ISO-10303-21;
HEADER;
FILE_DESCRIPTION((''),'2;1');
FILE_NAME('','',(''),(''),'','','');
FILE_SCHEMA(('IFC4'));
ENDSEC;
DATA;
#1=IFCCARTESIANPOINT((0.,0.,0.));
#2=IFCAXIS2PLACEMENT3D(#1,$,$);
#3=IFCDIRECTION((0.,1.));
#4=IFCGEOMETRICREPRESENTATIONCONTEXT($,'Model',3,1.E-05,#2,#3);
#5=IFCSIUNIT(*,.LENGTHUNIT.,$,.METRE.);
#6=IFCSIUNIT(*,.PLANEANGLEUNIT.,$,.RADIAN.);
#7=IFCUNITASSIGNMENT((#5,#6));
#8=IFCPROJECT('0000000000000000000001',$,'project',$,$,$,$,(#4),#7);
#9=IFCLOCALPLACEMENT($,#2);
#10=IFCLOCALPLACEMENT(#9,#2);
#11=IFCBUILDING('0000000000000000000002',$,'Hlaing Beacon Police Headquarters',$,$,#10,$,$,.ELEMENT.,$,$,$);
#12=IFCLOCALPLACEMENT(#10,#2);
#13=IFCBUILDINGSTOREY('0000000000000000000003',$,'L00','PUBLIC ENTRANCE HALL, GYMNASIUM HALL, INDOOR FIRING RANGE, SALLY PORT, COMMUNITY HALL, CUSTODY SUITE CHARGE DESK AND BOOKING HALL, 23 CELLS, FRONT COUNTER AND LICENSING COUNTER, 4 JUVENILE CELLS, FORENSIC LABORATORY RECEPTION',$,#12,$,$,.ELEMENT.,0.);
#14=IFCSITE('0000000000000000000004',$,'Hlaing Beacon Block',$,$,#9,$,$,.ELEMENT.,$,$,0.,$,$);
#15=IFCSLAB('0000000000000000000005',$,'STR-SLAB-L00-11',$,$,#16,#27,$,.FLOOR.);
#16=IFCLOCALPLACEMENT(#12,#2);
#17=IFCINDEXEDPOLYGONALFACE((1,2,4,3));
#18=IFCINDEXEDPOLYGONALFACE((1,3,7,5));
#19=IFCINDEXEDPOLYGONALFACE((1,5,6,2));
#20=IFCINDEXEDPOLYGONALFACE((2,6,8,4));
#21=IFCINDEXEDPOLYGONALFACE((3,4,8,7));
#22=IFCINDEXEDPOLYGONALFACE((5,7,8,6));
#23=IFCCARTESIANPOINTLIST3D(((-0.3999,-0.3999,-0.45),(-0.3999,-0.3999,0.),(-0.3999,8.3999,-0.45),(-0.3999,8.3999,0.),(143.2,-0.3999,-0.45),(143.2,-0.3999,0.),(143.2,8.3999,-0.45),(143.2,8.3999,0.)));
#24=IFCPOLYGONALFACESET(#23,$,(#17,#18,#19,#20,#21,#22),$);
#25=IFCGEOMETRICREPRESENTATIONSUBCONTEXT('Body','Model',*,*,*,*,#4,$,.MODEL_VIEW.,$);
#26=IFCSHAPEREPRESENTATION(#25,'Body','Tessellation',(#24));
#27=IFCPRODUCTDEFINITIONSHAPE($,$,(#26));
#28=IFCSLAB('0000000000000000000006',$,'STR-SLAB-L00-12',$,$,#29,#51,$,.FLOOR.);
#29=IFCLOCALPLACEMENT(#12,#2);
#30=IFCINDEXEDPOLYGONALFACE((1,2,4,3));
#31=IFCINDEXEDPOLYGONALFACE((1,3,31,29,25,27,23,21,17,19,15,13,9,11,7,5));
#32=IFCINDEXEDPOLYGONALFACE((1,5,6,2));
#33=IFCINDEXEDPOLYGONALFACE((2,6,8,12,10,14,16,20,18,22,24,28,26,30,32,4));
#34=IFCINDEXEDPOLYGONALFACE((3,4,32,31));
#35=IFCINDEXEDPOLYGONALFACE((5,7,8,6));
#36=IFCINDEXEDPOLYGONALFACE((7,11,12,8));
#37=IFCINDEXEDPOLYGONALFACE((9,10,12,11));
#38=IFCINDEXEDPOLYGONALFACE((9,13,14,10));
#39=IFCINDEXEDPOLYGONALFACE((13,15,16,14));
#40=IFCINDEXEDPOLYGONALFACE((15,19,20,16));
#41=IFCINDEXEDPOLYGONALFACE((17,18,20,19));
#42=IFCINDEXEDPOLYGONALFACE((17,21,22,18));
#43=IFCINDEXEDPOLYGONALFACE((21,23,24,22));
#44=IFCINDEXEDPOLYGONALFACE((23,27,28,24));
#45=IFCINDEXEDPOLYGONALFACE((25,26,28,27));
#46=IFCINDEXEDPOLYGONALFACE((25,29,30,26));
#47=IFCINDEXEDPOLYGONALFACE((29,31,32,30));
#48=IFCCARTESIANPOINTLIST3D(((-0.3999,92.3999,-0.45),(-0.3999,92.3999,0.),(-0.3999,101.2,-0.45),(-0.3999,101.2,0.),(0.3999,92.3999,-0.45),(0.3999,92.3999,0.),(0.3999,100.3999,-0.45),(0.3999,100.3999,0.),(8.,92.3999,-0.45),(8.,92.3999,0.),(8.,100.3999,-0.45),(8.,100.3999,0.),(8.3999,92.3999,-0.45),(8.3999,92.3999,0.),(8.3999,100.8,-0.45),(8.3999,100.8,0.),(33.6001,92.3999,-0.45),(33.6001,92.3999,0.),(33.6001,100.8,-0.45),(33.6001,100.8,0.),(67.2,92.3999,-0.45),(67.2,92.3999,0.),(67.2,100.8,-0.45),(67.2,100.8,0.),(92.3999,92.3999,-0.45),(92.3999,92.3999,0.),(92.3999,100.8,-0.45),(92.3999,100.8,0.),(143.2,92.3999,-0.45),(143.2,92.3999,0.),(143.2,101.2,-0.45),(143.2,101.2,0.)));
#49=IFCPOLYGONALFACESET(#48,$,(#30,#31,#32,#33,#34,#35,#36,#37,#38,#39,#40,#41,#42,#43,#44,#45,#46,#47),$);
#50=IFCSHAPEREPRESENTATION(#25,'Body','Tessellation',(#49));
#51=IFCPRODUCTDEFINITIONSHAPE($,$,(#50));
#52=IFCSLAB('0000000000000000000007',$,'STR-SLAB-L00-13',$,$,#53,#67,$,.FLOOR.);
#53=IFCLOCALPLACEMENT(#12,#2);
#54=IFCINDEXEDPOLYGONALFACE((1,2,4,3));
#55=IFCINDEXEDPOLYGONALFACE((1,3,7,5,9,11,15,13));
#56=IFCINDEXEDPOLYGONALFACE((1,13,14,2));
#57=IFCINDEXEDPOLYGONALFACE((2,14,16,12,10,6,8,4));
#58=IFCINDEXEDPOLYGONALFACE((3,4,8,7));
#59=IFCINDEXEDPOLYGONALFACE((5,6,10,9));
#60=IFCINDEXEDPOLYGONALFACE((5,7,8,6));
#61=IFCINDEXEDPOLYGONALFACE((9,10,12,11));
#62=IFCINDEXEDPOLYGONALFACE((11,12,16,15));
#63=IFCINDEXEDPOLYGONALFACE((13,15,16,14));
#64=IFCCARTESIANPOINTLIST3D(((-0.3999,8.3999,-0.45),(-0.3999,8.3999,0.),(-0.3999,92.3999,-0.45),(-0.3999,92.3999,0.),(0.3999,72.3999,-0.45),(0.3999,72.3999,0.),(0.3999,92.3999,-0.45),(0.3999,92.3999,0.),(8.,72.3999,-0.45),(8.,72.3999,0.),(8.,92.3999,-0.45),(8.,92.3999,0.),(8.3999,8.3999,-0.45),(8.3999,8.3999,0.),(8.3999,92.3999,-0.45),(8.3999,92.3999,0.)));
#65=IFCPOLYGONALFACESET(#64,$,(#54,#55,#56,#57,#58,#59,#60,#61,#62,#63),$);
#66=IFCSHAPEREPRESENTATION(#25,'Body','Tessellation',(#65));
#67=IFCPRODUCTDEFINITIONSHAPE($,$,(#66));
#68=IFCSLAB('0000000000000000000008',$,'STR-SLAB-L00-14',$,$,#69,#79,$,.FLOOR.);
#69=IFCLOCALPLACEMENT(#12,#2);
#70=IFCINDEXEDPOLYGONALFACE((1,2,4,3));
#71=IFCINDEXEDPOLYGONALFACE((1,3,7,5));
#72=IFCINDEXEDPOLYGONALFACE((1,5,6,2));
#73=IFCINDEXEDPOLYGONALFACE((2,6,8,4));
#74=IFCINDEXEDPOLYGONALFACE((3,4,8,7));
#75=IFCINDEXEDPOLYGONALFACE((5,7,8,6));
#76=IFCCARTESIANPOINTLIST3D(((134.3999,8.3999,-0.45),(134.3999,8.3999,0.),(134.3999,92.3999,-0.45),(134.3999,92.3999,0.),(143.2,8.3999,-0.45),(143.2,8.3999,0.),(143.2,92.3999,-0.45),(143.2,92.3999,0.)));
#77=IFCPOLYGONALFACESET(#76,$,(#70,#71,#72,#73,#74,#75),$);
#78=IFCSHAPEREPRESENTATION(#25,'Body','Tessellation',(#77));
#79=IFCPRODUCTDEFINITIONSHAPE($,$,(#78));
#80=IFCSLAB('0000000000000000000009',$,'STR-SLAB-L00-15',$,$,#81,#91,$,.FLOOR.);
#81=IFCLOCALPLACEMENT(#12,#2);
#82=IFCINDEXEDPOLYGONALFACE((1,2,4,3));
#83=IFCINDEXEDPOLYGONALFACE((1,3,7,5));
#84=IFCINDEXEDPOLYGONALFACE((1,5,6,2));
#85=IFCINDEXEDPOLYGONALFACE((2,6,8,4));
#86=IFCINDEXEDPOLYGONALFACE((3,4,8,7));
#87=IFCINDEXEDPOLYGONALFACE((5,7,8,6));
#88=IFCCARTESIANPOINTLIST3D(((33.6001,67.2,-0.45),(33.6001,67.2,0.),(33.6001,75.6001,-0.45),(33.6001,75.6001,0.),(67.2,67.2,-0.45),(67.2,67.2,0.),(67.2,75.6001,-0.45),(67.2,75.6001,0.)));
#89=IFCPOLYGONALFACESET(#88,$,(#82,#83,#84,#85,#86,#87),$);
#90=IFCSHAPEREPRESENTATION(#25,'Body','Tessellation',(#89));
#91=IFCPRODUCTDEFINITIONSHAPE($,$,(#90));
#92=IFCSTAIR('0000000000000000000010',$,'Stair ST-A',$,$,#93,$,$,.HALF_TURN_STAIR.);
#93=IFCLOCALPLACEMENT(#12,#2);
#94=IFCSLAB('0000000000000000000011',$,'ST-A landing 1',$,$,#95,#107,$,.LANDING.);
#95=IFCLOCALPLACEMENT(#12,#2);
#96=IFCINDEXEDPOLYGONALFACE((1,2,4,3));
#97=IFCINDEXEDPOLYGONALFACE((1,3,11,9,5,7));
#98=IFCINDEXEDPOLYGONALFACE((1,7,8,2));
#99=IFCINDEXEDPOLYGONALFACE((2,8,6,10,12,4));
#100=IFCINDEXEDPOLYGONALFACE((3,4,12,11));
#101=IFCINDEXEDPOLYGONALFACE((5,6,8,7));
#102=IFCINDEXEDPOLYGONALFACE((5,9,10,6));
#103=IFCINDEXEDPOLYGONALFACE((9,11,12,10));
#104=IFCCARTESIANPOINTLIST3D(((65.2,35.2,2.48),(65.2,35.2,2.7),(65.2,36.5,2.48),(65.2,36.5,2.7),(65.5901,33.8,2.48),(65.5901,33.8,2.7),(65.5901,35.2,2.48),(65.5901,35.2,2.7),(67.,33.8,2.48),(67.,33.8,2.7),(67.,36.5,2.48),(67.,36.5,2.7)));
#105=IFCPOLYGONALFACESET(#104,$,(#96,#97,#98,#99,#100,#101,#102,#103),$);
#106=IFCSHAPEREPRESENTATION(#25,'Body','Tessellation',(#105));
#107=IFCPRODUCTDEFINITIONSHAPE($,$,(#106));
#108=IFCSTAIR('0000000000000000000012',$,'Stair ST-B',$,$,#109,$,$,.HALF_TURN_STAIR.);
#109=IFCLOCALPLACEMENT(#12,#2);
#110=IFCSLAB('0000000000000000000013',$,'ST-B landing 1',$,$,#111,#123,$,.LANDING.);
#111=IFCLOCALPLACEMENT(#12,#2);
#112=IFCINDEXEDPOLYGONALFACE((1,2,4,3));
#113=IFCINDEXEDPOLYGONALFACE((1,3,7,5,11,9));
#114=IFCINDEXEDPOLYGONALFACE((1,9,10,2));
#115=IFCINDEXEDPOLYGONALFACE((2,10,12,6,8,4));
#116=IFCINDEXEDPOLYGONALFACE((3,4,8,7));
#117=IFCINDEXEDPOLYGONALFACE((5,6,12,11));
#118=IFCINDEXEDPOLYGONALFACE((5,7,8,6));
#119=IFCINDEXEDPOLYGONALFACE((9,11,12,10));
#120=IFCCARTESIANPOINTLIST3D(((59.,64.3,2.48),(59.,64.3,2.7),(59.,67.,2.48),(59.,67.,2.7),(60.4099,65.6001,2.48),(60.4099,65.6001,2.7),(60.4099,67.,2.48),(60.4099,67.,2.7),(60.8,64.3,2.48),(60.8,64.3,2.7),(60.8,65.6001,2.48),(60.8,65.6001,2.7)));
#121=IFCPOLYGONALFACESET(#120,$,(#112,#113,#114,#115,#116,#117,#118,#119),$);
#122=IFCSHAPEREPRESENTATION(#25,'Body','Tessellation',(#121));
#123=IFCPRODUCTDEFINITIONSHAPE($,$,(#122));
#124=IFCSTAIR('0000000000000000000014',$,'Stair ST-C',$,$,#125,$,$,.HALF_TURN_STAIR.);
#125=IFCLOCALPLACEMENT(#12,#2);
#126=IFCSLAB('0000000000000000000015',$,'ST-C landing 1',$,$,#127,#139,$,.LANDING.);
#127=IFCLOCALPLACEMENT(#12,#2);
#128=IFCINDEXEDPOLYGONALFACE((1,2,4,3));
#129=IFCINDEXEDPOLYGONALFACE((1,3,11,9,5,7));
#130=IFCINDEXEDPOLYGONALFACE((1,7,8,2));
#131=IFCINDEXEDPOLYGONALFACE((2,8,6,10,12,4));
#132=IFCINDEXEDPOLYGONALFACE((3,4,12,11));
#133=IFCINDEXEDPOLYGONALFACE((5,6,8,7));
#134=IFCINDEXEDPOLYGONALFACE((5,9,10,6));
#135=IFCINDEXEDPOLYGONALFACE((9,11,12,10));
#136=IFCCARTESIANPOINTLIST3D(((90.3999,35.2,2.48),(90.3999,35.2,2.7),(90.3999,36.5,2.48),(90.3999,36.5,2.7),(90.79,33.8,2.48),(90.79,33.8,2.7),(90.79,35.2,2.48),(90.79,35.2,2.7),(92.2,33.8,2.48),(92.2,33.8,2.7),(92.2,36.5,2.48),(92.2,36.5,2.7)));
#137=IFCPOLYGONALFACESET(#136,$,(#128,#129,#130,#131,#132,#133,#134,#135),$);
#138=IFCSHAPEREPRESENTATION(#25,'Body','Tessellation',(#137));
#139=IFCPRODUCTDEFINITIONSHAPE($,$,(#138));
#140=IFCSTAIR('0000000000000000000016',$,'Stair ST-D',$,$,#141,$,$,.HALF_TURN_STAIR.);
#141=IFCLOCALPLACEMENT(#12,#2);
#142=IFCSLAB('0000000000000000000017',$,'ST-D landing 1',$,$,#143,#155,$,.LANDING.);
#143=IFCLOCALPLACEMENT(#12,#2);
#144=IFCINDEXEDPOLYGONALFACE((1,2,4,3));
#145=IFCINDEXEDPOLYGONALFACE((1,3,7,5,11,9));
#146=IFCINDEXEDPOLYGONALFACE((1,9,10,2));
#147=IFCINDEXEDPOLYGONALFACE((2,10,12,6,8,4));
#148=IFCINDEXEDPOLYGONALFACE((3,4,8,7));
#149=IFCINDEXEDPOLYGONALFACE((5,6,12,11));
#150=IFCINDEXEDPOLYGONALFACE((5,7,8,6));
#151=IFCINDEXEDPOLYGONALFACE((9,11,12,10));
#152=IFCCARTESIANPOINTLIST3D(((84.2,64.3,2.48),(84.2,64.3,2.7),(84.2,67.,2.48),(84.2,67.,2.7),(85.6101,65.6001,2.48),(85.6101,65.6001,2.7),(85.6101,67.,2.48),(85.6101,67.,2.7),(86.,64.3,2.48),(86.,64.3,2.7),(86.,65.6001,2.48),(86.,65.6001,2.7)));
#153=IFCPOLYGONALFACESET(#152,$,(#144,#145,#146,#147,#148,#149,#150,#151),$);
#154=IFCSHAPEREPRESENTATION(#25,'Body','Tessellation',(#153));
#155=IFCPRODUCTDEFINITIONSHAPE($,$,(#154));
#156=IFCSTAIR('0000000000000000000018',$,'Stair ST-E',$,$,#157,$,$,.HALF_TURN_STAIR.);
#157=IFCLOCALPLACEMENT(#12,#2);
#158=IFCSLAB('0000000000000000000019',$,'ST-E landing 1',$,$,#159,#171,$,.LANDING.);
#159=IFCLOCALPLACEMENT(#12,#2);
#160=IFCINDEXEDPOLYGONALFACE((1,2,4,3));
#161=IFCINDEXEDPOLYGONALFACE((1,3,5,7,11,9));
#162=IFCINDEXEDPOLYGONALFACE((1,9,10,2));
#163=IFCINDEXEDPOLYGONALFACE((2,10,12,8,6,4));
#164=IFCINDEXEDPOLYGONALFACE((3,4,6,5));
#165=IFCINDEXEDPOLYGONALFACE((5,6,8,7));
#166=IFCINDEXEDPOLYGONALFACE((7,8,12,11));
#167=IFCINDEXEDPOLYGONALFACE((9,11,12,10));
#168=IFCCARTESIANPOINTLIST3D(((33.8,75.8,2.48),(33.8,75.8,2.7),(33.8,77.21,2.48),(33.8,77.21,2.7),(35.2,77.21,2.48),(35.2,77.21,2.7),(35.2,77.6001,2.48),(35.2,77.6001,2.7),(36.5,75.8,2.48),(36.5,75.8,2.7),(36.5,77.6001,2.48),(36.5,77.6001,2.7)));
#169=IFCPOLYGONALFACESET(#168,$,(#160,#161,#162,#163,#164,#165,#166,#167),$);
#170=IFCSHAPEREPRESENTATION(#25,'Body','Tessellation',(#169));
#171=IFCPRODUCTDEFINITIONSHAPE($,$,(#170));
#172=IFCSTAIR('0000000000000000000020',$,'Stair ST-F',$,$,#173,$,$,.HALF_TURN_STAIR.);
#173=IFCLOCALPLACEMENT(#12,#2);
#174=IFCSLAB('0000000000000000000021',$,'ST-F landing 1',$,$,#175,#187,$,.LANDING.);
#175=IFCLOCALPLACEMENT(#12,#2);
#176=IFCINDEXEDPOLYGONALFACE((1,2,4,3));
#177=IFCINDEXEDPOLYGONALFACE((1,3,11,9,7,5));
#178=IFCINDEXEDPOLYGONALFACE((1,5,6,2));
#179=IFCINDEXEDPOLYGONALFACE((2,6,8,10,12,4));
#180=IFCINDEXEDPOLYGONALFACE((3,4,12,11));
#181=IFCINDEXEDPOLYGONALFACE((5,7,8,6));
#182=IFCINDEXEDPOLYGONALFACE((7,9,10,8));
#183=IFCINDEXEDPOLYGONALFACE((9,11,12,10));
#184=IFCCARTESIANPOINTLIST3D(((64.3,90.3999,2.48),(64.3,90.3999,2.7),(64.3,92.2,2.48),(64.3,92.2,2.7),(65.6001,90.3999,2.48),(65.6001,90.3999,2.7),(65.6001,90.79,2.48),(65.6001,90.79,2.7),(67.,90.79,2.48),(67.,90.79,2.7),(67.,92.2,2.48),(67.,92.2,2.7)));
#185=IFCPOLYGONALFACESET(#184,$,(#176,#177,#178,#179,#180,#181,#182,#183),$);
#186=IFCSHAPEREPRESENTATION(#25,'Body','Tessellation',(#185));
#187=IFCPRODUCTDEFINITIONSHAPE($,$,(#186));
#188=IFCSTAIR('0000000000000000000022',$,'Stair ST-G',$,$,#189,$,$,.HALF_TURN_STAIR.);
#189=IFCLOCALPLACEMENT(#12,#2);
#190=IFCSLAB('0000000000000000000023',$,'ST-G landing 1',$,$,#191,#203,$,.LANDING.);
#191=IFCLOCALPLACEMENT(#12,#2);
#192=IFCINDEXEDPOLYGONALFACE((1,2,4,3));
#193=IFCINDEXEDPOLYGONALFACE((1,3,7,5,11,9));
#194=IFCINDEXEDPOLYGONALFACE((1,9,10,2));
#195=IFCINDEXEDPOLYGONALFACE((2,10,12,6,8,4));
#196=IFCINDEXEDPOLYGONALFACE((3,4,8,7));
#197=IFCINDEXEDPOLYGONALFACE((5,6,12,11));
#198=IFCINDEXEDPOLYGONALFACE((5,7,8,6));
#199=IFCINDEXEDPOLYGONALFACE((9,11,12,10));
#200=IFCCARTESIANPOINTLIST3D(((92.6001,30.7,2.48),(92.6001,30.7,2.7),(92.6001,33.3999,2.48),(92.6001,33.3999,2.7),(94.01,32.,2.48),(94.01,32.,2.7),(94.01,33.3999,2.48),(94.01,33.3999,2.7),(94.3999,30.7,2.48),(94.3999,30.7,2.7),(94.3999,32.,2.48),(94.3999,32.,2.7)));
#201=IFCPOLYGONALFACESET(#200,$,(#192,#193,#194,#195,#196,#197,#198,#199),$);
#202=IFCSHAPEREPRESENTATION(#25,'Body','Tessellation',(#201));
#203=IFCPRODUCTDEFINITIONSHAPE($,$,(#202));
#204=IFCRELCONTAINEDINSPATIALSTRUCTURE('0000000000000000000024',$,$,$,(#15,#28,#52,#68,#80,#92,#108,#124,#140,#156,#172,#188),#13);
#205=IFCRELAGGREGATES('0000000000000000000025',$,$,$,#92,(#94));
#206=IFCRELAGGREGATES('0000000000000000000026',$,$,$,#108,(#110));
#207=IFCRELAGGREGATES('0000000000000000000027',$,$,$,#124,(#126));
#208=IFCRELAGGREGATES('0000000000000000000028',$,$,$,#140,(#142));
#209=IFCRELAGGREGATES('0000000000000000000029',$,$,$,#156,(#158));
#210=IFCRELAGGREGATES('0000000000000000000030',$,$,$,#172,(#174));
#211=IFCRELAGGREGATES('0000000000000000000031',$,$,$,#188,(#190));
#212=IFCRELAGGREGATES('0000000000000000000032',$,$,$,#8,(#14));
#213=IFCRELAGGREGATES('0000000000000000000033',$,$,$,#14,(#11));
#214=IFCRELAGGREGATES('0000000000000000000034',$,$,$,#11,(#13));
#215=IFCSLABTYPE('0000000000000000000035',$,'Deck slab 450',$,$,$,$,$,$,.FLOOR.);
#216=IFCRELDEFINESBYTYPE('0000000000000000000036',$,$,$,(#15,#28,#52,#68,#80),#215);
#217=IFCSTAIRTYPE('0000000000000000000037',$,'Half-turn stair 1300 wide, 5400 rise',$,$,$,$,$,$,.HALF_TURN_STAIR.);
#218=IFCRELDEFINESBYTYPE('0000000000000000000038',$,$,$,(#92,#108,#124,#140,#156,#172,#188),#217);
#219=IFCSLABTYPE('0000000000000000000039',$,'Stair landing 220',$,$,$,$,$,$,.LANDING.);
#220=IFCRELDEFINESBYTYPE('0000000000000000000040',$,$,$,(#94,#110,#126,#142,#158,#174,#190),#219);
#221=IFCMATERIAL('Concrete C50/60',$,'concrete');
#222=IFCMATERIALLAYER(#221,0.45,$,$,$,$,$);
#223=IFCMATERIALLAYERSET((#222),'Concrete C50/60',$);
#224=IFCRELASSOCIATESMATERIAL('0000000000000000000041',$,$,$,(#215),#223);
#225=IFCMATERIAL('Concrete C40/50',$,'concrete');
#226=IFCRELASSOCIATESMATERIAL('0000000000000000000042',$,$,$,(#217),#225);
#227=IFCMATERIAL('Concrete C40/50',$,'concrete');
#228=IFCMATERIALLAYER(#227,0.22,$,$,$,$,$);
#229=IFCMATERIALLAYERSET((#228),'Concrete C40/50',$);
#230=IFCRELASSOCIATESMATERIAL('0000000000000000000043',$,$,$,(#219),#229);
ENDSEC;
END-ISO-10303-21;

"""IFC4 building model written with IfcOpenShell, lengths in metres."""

from ifc_helpers import new_model, si_unit, direction, frame, origin, place, context, subcontext, project, spatial, polyline, outline, extrude, material, layer, layer_set, type_object, element, aggregate, save


model = new_model("IFC4")

# Units and contexts
model_context = context("Model", 3, precision=1e-05, world=origin(), true_north=direction((0.0, 1.0)))
body_context = subcontext(model_context, "Body", "Model", "MODEL_VIEW")
ifc_project = project(units=[si_unit("LENGTHUNIT", "METRE"), si_unit("PLANEANGLEUNIT", "RADIAN")], contexts=[model_context])

# Site, building, storey
site_placement = place(None, origin())
site = spatial("IfcSite", under=ifc_project, at=site_placement, Name="Hlaing Beacon Block", CompositionType="ELEMENT", RefElevation=0.0)
building_placement = place(site_placement, origin())
building = spatial("IfcBuilding", under=site, at=building_placement, Name="Hlaing Beacon Police Headquarters", CompositionType="ELEMENT")
storey_placement = place(building_placement, origin())
storey = spatial("IfcBuildingStorey", under=building, at=storey_placement, Name="L00", Description="PUBLIC ENTRANCE HALL, GYMNASIUM HALL, INDOOR FIRING RANGE, SALLY PORT, COMMUNITY HALL, CUSTODY SUITE CHARGE DESK AND BOOKING HALL, 23 CELLS, FRONT COUNTER AND LICENSING COUNTER, 4 JUVENILE CELLS, FORENSIC LABORATORY RECEPTION", CompositionType="ELEMENT", Elevation=0.0)

# Slabs
ifc_material_1 = material(Name="Concrete C50/60", Category="concrete")
ifc_layer_1 = layer(ifc_material_1, 0.45)
ifc_layer_set_1 = layer_set([ifc_layer_1], Name="Concrete C50/60")
slab_type_1 = type_object("IfcSlabType", Name="Deck slab 450", PredefinedType="FLOOR", material=ifc_layer_set_1)
slab_1_placement = place(storey_placement, frame((0.0, 0.0, -0.45)))
element("IfcSlab", 1, at=slab_1_placement, inside=storey, type_object=slab_type_1, Name="STR-SLAB-L00-11", PredefinedType="FLOOR", context=body_context, shape_type="SweptSolid", body=[
    extrude(outline(polyline([(-0.3999, -0.3999), (143.2, -0.3999), (143.2, 8.3999), (-0.3999, 8.3999), (-0.3999, -0.3999)])), origin(), (0.0, 0.0, 1.0), 0.45),
])
slab_2_placement = place(storey_placement, frame((0.0, 0.0, -0.45)))
element("IfcSlab", 2, at=slab_2_placement, inside=storey, type_object=slab_type_1, Name="STR-SLAB-L00-12", PredefinedType="FLOOR", context=body_context, shape_type="SweptSolid", body=[
    extrude(outline(polyline([(-0.3999, 92.3999), (0.3999, 92.3999), (0.3999, 100.3999), (8.0, 100.3999), (8.0, 92.3999), (8.3999, 92.3999), (8.3999, 100.8), (33.6001, 100.8), (33.6001, 92.3999), (67.2, 92.3999), (67.2, 100.8), (92.3999, 100.8), (92.3999, 92.3999), (143.2, 92.3999), (143.2, 101.2), (-0.3999, 101.2), (-0.3999, 92.3999)])), origin(), (0.0, 0.0, 1.0), 0.45),
])
slab_3_placement = place(storey_placement, frame((0.0, 0.0, -0.45)))
element("IfcSlab", 3, at=slab_3_placement, inside=storey, type_object=slab_type_1, Name="STR-SLAB-L00-13", PredefinedType="FLOOR", context=body_context, shape_type="SweptSolid", body=[
    extrude(outline(polyline([(-0.3999, 8.3999), (8.3999, 8.3999), (8.3999, 92.3999), (8.0, 92.3999), (8.0, 72.3999), (0.3999, 72.3999), (0.3999, 92.3999), (-0.3999, 92.3999), (-0.3999, 8.3999)])), origin(), (0.0, 0.0, 1.0), 0.45),
])
slab_4_placement = place(storey_placement, frame((0.0, 0.0, -0.45)))
element("IfcSlab", 4, at=slab_4_placement, inside=storey, type_object=slab_type_1, Name="STR-SLAB-L00-14", PredefinedType="FLOOR", context=body_context, shape_type="SweptSolid", body=[
    extrude(outline(polyline([(134.3999, 8.3999), (143.2, 8.3999), (143.2, 92.3999), (134.3999, 92.3999), (134.3999, 8.3999)])), origin(), (0.0, 0.0, 1.0), 0.45),
])
slab_5_placement = place(storey_placement, frame((0.0, 0.0, -0.45)))
element("IfcSlab", 5, at=slab_5_placement, inside=storey, type_object=slab_type_1, Name="STR-SLAB-L00-15", PredefinedType="FLOOR", context=body_context, shape_type="SweptSolid", body=[
    extrude(outline(polyline([(33.6001, 67.2), (67.2, 67.2), (67.2, 75.6001), (33.6001, 75.6001), (33.6001, 67.2)])), origin(), (0.0, 0.0, 1.0), 0.45),
])

# Stairs, slabs
ifc_material_2 = material(Name="Concrete C40/50", Category="concrete")
stair_type_1 = type_object("IfcStairType", Name="Half-turn stair 1300 wide, 5400 rise", PredefinedType="HALF_TURN_STAIR", material=ifc_material_2)
stair_1_placement = place(storey_placement, origin())
stair_1 = element("IfcStair", 6, at=stair_1_placement, inside=storey, type_object=stair_type_1, Name="Stair ST-A", PredefinedType="HALF_TURN_STAIR")
ifc_material_3 = material(Name="Concrete C40/50", Category="concrete")
ifc_layer_2 = layer(ifc_material_3, 0.22)
ifc_layer_set_2 = layer_set([ifc_layer_2], Name="Concrete C40/50")
slab_type_2 = type_object("IfcSlabType", Name="Stair landing 220", PredefinedType="LANDING", material=ifc_layer_set_2)
slab_6_placement = place(storey_placement, frame((0.0, 0.0, 2.48)))
slab_6 = element("IfcSlab", 7, at=slab_6_placement, type_object=slab_type_2, Name="ST-A landing 1", PredefinedType="LANDING", context=body_context, shape_type="SweptSolid", body=[
    extrude(outline(polyline([(65.5901, 33.8), (67.0, 33.8), (67.0, 36.5), (65.2, 36.5), (65.2, 35.2), (65.5901, 35.2), (65.5901, 33.8)])), origin(), (0.0, 0.0, 1.0), 0.22),
])
aggregate(stair_1, [slab_6])
stair_2_placement = place(storey_placement, origin())
stair_2 = element("IfcStair", 8, at=stair_2_placement, inside=storey, type_object=stair_type_1, Name="Stair ST-B", PredefinedType="HALF_TURN_STAIR")
slab_7_placement = place(storey_placement, frame((0.0, 0.0, 2.48)))
slab_7 = element("IfcSlab", 9, at=slab_7_placement, type_object=slab_type_2, Name="ST-B landing 1", PredefinedType="LANDING", context=body_context, shape_type="SweptSolid", body=[
    extrude(outline(polyline([(60.4099, 67.0), (59.0, 67.0), (59.0, 64.3), (60.8, 64.3), (60.8, 65.6001), (60.4099, 65.6001), (60.4099, 67.0)])), origin(), (0.0, 0.0, 1.0), 0.22),
])
aggregate(stair_2, [slab_7])
stair_3_placement = place(storey_placement, origin())
stair_3 = element("IfcStair", 10, at=stair_3_placement, inside=storey, type_object=stair_type_1, Name="Stair ST-C", PredefinedType="HALF_TURN_STAIR")
slab_8_placement = place(storey_placement, frame((0.0, 0.0, 2.48)))
slab_8 = element("IfcSlab", 11, at=slab_8_placement, type_object=slab_type_2, Name="ST-C landing 1", PredefinedType="LANDING", context=body_context, shape_type="SweptSolid", body=[
    extrude(outline(polyline([(90.79, 33.8), (92.2, 33.8), (92.2, 36.5), (90.3999, 36.5), (90.3999, 35.2), (90.79, 35.2), (90.79, 33.8)])), origin(), (0.0, 0.0, 1.0), 0.22),
])
aggregate(stair_3, [slab_8])
stair_4_placement = place(storey_placement, origin())
stair_4 = element("IfcStair", 12, at=stair_4_placement, inside=storey, type_object=stair_type_1, Name="Stair ST-D", PredefinedType="HALF_TURN_STAIR")
slab_9_placement = place(storey_placement, frame((0.0, 0.0, 2.48)))
slab_9 = element("IfcSlab", 13, at=slab_9_placement, type_object=slab_type_2, Name="ST-D landing 1", PredefinedType="LANDING", context=body_context, shape_type="SweptSolid", body=[
    extrude(outline(polyline([(85.6101, 67.0), (84.2, 67.0), (84.2, 64.3), (86.0, 64.3), (86.0, 65.6001), (85.6101, 65.6001), (85.6101, 67.0)])), origin(), (0.0, 0.0, 1.0), 0.22),
])
aggregate(stair_4, [slab_9])
stair_5_placement = place(storey_placement, origin())
stair_5 = element("IfcStair", 14, at=stair_5_placement, inside=storey, type_object=stair_type_1, Name="Stair ST-E", PredefinedType="HALF_TURN_STAIR")
slab_10_placement = place(storey_placement, frame((0.0, 0.0, 2.48)))
slab_10 = element("IfcSlab", 15, at=slab_10_placement, type_object=slab_type_2, Name="ST-E landing 1", PredefinedType="LANDING", context=body_context, shape_type="SweptSolid", body=[
    extrude(outline(polyline([(33.8, 77.21), (33.8, 75.8), (36.5, 75.8), (36.5, 77.6001), (35.2, 77.6001), (35.2, 77.21), (33.8, 77.21)])), origin(), (0.0, 0.0, 1.0), 0.22),
])
aggregate(stair_5, [slab_10])
stair_6_placement = place(storey_placement, origin())
stair_6 = element("IfcStair", 16, at=stair_6_placement, inside=storey, type_object=stair_type_1, Name="Stair ST-F", PredefinedType="HALF_TURN_STAIR")
slab_11_placement = place(storey_placement, frame((0.0, 0.0, 2.48)))
slab_11 = element("IfcSlab", 17, at=slab_11_placement, type_object=slab_type_2, Name="ST-F landing 1", PredefinedType="LANDING", context=body_context, shape_type="SweptSolid", body=[
    extrude(outline(polyline([(67.0, 90.79), (67.0, 92.2), (64.3, 92.2), (64.3, 90.3999), (65.6001, 90.3999), (65.6001, 90.79), (67.0, 90.79)])), origin(), (0.0, 0.0, 1.0), 0.22),
])
aggregate(stair_6, [slab_11])
stair_7_placement = place(storey_placement, origin())
stair_7 = element("IfcStair", 18, at=stair_7_placement, inside=storey, type_object=stair_type_1, Name="Stair ST-G", PredefinedType="HALF_TURN_STAIR")
slab_12_placement = place(storey_placement, frame((0.0, 0.0, 2.48)))
slab_12 = element("IfcSlab", 19, at=slab_12_placement, type_object=slab_type_2, Name="ST-G landing 1", PredefinedType="LANDING", context=body_context, shape_type="SweptSolid", body=[
    extrude(outline(polyline([(94.01, 33.3999), (92.6001, 33.3999), (92.6001, 30.7), (94.3999, 30.7), (94.3999, 32.0), (94.01, 32.0), (94.01, 33.3999)])), origin(), (0.0, 0.0, 1.0), 0.22),
])
aggregate(stair_7, [slab_12])

save(model, "model.ifc")
